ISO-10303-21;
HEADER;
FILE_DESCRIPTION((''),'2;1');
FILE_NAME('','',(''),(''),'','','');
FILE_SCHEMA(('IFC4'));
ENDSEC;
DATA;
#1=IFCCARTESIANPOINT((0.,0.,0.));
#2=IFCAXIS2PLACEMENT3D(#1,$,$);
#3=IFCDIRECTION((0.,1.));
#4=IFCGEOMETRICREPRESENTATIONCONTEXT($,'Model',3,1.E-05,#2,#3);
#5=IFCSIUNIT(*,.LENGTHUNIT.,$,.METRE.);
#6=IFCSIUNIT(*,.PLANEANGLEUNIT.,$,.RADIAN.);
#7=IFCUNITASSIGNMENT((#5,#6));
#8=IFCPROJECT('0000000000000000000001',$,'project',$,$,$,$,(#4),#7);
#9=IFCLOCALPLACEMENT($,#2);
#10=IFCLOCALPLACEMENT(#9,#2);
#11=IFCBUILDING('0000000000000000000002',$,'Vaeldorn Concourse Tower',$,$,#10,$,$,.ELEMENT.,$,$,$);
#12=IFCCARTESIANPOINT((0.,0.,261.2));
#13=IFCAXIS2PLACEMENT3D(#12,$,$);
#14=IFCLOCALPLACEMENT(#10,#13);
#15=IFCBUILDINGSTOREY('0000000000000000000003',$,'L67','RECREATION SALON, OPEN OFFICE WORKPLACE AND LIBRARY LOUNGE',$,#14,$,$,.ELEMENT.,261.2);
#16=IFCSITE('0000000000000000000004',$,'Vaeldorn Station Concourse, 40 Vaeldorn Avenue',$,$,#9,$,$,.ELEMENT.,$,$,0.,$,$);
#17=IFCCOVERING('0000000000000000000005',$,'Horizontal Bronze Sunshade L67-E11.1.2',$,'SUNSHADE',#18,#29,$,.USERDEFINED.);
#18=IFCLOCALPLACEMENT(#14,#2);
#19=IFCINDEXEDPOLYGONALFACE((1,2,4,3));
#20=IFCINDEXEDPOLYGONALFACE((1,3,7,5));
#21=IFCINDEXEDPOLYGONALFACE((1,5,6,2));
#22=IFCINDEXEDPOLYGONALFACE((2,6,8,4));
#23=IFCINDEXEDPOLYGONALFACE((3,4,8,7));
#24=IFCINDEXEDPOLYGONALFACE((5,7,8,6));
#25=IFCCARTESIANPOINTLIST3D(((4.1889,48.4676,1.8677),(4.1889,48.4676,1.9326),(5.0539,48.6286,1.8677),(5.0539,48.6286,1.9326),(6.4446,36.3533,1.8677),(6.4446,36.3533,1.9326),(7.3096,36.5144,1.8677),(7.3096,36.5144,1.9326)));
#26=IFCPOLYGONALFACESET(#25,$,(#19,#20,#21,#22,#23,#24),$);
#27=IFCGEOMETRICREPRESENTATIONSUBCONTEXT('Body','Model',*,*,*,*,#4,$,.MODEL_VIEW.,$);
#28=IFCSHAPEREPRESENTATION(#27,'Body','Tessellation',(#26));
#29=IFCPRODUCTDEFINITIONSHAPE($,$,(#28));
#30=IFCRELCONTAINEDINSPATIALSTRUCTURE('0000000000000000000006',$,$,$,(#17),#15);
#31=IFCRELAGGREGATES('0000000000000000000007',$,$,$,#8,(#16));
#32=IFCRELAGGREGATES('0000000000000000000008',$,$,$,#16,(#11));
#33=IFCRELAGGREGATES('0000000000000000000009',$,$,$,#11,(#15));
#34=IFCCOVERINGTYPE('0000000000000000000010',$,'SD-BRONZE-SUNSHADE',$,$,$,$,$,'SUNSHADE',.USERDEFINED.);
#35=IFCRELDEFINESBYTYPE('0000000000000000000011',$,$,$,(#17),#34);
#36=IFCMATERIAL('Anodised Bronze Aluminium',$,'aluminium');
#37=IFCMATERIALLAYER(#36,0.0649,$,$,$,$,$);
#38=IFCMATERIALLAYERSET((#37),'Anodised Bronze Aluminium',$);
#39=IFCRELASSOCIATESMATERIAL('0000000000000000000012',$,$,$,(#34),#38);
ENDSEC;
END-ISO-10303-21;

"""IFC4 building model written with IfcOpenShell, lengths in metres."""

from ifc_helpers import new_model, si_unit, direction, frame, origin, origin_2d, place, context, subcontext, project, spatial, rectangle, extrude, source, transform, mapped, material, layer, layer_set, type_object, element, save


model = new_model("IFC4")

# Units and contexts
model_context = context("Model", 3, precision=1e-05, world=origin(), true_north=direction((0.0, 1.0)))
body_context = subcontext(model_context, "Body", "Model", "MODEL_VIEW")
ifc_project = project(units=[si_unit("LENGTHUNIT", "METRE"), si_unit("PLANEANGLEUNIT", "RADIAN")], contexts=[model_context])

# Site, building, storey
site_placement = place(None, origin())
site = spatial("IfcSite", under=ifc_project, at=site_placement, Name="Vaeldorn Station Concourse, 40 Vaeldorn Avenue", CompositionType="ELEMENT", RefElevation=0.0)
building_placement = place(site_placement, origin())
building = spatial("IfcBuilding", under=site, at=building_placement, Name="Vaeldorn Concourse Tower", CompositionType="ELEMENT")
storey_placement = place(building_placement, frame((0.0, 0.0, 261.2)))
storey = spatial("IfcBuildingStorey", under=building, at=storey_placement, Name="L67", Description="RECREATION SALON, OPEN OFFICE WORKPLACE AND LIBRARY LOUNGE", CompositionType="ELEMENT", Elevation=261.2)

# Shared definitions
ifc_material_1 = material(Name="Anodised Bronze Aluminium", Category="aluminium")

# Covering
ifc_layer_1 = layer(ifc_material_1, 0.0649)
ifc_layer_set_1 = layer_set([ifc_layer_1], Name="Anodised Bronze Aluminium")
covering_type = type_object("IfcCoveringType", Name="SD-BRONZE-SUNSHADE", ElementType="SUNSHADE", PredefinedType="USERDEFINED", material=ifc_layer_set_1)
shared_shape_1 = source(origin(), body_context, "Body", "SweptSolid", [
    extrude(rectangle(XDim=12.3225, YDim=0.8799, at=origin_2d()), origin(), (0.0, 0.0, 1.0), 0.0649),
])
for number, where, z_axis, x_axis, name in (
    (1, (5.7493, 42.491, 1.8677), (0.0, 0.0, 1.0), (0.183059, -0.983102, 0.0), "Horizontal Bronze Sunshade L67-E11.1.2"),
):
    element("IfcCovering", number, at=place(storey_placement, frame(where, z_axis=z_axis, x_axis=x_axis)), inside=storey, type_object=covering_type, Name=name, ObjectType="SUNSHADE", PredefinedType="USERDEFINED", context=body_context, shape_type="MappedRepresentation", body=[
        mapped(shared_shape_1, transform((0.0, 0.0, 0.0), scale=1.0)),
    ])

save(model, "model.ifc")
